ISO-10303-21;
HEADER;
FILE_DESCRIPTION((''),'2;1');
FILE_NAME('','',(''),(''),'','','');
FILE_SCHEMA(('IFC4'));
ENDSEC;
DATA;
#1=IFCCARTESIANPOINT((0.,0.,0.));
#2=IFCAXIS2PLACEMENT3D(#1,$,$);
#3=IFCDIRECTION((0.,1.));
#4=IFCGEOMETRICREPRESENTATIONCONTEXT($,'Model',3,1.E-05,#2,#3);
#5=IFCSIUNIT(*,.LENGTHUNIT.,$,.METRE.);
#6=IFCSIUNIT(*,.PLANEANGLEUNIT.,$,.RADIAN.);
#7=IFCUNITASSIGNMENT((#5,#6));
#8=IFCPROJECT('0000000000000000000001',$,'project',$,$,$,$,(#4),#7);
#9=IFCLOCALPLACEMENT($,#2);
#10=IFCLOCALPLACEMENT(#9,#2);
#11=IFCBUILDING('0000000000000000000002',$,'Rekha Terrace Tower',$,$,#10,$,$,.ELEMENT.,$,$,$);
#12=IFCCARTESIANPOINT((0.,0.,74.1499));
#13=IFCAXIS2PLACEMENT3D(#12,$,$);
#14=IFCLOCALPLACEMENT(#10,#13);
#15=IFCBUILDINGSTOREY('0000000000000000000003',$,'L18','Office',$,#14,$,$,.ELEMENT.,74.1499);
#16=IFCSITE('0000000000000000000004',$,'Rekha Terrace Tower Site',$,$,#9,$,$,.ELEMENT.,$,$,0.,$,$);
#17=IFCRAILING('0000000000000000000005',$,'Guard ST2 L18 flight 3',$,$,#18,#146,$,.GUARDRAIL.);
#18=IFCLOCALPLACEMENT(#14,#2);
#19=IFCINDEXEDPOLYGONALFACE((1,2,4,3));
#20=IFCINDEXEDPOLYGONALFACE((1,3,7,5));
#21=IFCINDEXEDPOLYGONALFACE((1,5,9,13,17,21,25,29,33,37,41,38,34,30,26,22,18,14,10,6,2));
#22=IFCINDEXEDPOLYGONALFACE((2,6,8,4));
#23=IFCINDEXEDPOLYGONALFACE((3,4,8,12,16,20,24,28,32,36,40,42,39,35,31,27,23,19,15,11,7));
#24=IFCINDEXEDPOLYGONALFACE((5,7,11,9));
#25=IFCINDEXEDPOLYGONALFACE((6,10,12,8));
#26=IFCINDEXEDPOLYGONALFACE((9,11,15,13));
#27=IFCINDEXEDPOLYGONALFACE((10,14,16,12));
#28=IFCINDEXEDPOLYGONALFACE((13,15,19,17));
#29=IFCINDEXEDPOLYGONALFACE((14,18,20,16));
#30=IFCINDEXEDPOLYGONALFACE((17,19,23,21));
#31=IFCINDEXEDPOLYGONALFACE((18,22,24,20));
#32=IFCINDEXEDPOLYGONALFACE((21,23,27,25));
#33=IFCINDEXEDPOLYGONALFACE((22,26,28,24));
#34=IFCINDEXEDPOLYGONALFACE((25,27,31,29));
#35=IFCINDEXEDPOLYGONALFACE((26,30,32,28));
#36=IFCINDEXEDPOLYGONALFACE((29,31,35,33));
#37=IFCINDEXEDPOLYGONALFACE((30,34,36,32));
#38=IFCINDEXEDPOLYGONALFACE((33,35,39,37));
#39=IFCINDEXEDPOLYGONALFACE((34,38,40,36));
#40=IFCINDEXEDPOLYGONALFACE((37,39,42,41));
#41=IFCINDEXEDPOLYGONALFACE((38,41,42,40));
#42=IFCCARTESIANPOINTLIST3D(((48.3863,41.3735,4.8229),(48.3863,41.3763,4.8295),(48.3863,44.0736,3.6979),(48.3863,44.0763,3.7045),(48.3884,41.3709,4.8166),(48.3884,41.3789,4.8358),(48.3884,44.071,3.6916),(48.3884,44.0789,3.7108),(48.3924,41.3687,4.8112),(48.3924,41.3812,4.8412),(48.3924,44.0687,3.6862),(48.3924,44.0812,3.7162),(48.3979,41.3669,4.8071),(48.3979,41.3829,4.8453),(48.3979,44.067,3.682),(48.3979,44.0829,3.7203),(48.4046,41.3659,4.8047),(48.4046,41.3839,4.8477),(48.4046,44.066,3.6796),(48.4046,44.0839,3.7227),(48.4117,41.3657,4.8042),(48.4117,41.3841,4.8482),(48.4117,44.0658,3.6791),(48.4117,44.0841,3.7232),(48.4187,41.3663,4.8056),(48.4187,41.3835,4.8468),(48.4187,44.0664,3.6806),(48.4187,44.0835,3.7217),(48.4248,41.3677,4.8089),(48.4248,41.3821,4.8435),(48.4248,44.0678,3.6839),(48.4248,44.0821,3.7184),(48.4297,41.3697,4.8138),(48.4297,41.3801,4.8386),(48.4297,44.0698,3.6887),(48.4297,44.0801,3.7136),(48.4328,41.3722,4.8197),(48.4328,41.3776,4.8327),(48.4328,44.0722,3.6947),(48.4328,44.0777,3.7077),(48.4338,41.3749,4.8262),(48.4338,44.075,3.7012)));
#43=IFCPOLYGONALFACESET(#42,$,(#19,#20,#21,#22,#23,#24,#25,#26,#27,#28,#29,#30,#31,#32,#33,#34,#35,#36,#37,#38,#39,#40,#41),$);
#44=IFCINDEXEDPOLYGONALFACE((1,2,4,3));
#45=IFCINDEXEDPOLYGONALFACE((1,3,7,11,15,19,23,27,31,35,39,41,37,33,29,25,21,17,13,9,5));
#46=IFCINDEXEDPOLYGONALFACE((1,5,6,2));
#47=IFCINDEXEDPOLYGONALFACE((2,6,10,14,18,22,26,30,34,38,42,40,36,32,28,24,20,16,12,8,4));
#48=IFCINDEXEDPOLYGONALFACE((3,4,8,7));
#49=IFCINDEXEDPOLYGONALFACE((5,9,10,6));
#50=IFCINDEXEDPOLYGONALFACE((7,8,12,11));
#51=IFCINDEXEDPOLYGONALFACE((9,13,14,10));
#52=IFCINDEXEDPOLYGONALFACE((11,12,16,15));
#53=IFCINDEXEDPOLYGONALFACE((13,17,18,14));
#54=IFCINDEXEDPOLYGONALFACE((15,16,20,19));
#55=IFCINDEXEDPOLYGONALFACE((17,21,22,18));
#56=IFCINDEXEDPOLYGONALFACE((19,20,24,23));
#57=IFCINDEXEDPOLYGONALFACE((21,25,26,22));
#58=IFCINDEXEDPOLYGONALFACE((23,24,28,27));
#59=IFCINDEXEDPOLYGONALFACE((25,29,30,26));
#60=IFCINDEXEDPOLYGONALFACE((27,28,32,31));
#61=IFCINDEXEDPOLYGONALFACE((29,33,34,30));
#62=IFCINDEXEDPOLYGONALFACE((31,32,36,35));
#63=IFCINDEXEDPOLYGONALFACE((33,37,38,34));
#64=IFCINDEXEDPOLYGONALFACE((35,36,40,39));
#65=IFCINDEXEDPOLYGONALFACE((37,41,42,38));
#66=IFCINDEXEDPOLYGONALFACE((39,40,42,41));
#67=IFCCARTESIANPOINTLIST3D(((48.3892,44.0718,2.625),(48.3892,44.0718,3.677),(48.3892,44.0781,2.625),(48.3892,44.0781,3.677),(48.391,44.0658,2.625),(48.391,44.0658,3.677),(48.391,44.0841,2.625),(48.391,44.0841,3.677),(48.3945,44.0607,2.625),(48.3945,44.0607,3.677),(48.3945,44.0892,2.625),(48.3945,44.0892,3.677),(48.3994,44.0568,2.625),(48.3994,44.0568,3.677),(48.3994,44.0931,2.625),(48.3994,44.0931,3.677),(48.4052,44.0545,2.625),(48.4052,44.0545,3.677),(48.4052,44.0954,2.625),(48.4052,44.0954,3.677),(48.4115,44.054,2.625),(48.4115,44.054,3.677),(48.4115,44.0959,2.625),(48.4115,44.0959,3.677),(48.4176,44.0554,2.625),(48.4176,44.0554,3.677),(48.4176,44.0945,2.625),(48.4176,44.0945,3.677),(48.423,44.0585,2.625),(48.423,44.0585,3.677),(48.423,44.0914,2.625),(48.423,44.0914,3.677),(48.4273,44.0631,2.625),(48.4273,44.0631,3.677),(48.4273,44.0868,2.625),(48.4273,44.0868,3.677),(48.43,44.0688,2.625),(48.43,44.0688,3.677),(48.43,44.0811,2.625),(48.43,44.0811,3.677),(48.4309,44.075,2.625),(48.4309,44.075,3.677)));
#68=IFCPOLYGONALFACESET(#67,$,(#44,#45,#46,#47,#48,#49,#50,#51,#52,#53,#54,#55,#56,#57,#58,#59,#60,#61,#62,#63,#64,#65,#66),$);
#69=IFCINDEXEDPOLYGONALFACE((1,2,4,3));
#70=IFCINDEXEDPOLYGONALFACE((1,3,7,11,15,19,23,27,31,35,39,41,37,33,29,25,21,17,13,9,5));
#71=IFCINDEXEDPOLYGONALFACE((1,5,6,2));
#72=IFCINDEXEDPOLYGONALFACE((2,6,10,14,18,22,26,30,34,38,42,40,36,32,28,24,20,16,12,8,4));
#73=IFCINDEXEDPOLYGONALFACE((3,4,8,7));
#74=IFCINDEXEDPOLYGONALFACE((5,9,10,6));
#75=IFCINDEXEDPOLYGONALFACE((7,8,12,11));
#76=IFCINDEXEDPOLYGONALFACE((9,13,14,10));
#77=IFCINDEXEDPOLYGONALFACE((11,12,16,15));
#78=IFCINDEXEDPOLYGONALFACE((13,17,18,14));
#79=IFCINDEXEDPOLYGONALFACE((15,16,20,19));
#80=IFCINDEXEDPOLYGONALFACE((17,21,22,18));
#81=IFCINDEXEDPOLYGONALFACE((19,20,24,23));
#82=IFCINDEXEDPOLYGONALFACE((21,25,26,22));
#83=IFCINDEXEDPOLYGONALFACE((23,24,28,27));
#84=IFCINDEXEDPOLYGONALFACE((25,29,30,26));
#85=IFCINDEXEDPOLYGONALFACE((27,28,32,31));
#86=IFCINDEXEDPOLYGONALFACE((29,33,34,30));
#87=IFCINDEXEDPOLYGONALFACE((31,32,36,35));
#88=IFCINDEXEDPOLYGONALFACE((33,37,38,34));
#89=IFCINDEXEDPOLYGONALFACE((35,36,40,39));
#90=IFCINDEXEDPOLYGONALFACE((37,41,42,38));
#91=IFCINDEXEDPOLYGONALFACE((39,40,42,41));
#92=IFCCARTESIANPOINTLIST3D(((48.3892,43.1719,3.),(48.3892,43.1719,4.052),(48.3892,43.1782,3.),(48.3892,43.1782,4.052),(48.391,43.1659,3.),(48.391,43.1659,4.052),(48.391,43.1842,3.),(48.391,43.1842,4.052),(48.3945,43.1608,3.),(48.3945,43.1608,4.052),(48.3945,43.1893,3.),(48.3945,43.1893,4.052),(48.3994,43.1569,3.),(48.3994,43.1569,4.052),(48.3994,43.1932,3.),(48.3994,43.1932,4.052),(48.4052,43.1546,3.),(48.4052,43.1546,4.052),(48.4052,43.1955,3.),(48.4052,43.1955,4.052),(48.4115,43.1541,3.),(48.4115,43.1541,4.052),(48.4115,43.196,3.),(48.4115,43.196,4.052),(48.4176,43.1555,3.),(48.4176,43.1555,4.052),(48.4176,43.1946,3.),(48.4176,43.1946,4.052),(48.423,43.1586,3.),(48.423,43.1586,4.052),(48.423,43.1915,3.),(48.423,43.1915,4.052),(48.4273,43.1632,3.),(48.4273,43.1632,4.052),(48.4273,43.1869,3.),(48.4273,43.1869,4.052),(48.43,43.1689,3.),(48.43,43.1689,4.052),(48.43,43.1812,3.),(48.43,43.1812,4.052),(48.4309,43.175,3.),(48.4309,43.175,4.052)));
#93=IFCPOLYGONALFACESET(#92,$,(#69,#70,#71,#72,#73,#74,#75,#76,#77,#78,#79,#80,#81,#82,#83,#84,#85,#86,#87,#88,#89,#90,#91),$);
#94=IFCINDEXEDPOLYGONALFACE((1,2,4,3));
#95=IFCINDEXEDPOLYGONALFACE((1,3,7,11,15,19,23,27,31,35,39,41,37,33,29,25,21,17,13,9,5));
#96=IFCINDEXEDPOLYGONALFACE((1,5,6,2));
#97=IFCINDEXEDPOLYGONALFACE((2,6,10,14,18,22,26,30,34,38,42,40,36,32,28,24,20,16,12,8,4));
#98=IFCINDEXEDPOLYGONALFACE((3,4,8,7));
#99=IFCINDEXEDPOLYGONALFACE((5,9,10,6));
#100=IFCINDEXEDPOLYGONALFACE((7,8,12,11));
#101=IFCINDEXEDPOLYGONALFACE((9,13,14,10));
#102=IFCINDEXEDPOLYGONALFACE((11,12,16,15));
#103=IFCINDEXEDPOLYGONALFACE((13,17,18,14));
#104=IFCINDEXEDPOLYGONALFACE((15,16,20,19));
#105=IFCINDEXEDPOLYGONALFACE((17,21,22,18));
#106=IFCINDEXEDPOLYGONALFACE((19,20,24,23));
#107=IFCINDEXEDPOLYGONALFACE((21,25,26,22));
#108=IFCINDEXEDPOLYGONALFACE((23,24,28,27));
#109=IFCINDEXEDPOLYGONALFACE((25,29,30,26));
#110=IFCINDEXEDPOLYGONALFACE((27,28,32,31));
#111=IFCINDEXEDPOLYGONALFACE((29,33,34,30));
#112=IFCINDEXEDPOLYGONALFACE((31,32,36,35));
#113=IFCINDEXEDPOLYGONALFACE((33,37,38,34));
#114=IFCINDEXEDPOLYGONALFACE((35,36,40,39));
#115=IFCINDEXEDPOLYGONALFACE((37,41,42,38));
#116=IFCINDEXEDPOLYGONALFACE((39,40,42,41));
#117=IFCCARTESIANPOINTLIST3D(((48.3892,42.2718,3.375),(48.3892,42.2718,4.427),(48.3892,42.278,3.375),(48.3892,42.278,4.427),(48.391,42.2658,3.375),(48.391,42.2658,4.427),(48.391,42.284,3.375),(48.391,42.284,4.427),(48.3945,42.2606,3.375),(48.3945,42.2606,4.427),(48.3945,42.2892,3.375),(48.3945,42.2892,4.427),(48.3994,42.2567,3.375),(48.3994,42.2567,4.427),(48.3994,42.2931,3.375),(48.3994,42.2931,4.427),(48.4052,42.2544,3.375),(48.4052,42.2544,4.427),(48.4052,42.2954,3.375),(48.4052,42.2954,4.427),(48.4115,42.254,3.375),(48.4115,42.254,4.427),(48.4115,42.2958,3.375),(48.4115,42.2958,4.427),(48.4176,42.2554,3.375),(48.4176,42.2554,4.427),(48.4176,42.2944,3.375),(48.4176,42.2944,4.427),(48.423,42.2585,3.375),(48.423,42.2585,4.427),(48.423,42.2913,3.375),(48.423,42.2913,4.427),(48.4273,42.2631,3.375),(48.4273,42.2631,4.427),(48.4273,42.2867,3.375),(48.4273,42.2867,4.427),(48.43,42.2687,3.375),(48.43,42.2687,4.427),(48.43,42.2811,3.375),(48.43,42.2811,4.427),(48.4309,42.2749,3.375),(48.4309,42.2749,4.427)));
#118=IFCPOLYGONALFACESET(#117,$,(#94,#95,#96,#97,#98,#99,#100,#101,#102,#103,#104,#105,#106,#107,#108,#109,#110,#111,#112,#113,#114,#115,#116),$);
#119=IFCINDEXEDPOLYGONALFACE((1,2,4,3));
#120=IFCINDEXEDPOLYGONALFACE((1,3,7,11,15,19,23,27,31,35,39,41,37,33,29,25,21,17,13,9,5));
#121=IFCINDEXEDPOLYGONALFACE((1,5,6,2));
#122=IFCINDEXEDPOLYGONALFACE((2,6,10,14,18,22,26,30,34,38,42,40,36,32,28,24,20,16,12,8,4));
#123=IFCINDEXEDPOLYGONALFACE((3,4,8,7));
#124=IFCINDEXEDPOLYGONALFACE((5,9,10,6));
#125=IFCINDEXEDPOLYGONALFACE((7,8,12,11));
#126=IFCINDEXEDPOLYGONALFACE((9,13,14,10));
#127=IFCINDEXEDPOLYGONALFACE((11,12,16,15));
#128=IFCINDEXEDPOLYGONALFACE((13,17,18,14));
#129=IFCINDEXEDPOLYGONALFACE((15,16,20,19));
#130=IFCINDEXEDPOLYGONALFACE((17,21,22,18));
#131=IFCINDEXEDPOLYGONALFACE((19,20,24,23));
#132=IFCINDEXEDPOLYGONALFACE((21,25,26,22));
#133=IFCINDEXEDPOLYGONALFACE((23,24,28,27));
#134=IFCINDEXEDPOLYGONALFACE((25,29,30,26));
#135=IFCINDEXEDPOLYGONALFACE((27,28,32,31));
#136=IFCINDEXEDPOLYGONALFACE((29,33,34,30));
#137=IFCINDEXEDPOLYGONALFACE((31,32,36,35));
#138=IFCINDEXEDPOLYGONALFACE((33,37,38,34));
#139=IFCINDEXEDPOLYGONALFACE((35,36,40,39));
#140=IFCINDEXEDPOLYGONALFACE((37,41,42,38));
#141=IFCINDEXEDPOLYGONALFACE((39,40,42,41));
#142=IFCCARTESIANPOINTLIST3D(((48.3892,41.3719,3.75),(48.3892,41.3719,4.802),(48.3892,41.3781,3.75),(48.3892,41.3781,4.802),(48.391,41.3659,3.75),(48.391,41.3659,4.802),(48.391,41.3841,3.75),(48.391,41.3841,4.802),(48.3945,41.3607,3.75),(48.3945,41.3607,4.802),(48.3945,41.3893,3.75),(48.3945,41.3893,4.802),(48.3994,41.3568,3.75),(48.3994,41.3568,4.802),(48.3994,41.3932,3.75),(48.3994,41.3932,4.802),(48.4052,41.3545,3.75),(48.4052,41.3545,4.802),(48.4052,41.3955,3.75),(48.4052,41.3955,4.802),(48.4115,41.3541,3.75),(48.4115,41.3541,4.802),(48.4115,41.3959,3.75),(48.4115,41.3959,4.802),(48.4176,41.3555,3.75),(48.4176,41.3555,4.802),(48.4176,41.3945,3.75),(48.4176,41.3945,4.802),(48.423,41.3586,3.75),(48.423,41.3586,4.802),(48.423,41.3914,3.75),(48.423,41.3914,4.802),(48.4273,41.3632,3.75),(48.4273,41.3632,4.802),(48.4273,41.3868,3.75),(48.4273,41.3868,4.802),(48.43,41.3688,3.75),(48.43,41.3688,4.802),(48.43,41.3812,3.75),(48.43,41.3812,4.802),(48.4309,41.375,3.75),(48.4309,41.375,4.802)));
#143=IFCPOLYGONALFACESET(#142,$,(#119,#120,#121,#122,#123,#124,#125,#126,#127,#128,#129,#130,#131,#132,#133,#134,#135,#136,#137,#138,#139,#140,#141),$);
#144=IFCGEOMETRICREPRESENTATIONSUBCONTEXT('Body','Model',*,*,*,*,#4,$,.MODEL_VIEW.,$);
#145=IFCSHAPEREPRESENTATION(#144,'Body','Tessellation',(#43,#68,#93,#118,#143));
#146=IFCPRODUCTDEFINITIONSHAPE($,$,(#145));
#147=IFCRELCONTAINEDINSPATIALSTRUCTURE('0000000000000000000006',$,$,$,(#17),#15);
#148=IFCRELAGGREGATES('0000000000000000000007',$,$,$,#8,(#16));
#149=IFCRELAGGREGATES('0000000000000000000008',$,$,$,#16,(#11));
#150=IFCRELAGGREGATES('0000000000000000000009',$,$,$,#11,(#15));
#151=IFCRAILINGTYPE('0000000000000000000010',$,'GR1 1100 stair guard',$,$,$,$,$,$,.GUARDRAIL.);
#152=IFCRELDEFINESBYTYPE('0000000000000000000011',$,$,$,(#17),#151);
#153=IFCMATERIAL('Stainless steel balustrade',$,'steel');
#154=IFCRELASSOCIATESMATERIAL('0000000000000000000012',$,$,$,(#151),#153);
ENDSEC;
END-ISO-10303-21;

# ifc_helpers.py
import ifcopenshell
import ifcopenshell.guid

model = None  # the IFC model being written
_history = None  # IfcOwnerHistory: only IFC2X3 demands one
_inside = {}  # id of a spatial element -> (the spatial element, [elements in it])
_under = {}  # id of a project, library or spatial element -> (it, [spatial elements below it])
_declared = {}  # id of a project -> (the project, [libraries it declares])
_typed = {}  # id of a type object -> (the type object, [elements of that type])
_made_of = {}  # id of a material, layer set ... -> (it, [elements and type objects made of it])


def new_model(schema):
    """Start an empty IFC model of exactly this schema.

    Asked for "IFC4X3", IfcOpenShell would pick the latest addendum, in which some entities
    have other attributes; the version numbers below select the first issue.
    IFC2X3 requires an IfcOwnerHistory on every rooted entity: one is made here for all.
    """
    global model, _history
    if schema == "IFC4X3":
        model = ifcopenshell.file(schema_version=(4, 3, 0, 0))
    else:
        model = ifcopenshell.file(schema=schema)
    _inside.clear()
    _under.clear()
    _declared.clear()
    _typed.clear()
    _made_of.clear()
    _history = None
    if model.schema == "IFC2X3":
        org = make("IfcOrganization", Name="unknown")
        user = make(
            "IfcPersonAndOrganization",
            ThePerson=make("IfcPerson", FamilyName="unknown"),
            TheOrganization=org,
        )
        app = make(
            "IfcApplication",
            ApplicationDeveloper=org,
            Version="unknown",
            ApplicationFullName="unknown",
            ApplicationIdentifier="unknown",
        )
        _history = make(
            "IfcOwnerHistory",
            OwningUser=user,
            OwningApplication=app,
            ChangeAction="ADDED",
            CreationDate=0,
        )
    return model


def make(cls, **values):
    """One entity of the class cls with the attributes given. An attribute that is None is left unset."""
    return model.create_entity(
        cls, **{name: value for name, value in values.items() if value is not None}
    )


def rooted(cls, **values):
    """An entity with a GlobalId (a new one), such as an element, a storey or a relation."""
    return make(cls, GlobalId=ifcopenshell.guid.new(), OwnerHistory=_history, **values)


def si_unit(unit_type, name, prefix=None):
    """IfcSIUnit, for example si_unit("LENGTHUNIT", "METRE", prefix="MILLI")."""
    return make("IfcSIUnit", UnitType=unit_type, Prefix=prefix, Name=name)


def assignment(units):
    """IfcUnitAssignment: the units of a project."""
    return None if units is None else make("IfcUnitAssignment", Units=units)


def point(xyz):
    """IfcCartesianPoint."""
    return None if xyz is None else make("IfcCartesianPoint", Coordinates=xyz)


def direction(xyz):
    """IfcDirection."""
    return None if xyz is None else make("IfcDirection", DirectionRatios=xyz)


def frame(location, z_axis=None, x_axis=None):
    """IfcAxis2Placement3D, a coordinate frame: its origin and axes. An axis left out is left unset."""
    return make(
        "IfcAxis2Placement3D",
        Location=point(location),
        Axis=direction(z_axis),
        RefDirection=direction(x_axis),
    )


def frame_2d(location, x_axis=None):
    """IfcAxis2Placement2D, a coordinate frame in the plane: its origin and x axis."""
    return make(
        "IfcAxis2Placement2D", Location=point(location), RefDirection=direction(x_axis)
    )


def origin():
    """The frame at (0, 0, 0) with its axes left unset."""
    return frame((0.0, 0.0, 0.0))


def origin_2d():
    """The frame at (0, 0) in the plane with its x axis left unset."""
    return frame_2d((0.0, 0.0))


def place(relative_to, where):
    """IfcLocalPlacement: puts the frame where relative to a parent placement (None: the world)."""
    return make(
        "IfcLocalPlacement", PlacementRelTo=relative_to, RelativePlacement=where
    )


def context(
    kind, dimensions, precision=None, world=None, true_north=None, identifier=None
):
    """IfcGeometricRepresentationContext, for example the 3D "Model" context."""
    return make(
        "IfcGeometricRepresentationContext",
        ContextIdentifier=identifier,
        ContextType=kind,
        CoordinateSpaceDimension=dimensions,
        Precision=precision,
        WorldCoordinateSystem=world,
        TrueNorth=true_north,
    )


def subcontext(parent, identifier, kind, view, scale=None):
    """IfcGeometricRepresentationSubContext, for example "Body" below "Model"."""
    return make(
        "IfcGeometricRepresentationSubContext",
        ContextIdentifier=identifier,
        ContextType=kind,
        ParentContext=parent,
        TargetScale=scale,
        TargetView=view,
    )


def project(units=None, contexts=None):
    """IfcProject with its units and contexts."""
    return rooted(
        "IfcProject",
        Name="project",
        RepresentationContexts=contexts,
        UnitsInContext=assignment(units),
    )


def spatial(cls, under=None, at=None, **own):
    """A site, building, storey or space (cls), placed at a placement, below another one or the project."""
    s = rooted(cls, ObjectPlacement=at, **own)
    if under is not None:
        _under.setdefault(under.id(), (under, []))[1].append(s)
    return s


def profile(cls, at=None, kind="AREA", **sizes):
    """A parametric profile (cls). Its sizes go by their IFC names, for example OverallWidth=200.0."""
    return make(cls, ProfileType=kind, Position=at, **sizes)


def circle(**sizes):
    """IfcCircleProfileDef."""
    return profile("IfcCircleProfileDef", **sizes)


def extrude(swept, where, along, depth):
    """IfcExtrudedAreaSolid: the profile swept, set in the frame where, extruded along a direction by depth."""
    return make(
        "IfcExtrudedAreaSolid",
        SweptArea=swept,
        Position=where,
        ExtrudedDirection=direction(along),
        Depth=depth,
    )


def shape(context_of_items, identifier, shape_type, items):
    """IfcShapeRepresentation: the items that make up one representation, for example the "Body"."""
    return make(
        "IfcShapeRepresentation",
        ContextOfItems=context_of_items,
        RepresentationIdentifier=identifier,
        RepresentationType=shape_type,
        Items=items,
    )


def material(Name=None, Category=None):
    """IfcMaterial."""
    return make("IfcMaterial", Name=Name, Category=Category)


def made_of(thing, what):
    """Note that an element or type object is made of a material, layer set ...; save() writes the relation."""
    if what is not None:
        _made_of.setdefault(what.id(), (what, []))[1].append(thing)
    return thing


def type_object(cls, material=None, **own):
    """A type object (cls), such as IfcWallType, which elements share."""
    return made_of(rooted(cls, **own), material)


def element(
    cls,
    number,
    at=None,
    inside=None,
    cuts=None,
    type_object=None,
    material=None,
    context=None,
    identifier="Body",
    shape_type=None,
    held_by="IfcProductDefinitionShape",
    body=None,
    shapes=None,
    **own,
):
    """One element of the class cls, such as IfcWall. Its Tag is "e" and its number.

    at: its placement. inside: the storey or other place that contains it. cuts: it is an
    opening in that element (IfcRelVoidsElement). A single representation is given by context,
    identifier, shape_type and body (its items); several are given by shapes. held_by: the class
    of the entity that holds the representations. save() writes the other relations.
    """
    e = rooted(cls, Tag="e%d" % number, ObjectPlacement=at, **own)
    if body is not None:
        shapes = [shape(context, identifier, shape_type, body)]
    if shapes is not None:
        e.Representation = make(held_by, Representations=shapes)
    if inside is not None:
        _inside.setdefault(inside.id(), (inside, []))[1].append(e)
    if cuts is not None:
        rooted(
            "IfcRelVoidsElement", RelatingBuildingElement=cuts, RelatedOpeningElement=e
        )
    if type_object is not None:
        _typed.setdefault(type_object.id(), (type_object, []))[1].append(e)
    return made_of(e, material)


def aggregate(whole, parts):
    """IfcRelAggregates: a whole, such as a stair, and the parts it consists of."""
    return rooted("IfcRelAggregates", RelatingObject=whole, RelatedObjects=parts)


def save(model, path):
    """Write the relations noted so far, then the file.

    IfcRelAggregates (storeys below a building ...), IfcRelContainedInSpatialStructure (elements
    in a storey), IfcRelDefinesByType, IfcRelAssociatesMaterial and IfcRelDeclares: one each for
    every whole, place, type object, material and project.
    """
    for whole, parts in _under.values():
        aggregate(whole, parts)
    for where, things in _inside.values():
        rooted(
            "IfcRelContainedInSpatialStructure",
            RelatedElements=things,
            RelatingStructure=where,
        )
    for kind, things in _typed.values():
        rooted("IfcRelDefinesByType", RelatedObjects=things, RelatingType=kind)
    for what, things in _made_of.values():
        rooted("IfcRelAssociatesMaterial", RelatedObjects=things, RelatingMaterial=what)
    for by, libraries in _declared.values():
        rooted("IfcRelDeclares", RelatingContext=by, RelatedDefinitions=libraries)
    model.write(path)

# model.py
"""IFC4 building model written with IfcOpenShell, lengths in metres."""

from ifc_helpers import new_model, si_unit, direction, frame, origin, origin_2d, place, context, subcontext, project, spatial, circle, extrude, material, type_object, element, save


model = new_model("IFC4")

# Units and contexts
model_context = context("Model", 3, precision=1e-05, world=origin(), true_north=direction((0.0, 1.0)))
body_context = subcontext(model_context, "Body", "Model", "MODEL_VIEW")
ifc_project = project(units=[si_unit("LENGTHUNIT", "METRE"), si_unit("PLANEANGLEUNIT", "RADIAN")], contexts=[model_context])

# Site, building, storey
site_placement = place(None, origin())
site = spatial("IfcSite", under=ifc_project, at=site_placement, Name="Rekha Terrace Tower Site", CompositionType="ELEMENT", RefElevation=0.0)
building_placement = place(site_placement, origin())
building = spatial("IfcBuilding", under=site, at=building_placement, Name="Rekha Terrace Tower", CompositionType="ELEMENT")
storey_placement = place(building_placement, frame((0.0, 0.0, 74.1499)))
storey = spatial("IfcBuildingStorey", under=building, at=storey_placement, Name="L18", Description="Office", CompositionType="ELEMENT", Elevation=74.1499)

# Railing
ifc_material_1 = material(Name="Stainless steel balustrade", Category="steel")
railing_type_1 = type_object("IfcRailingType", Name="GR1 1100 stair guard", PredefinedType="GUARDRAIL", material=ifc_material_1)
railing_1_placement = place(storey_placement, frame((48.4099, 44.075, 2.625)))
element("IfcRailing", 1, at=railing_1_placement, inside=storey, type_object=railing_type_1, Name="Guard ST2 L18 flight 3", PredefinedType="GUARDRAIL", context=body_context, shape_type="SweptSolid", body=[
    extrude(circle(Radius=0.0239, at=origin_2d()), frame((0.0, 0.0, 1.0762), z_axis=(0.0, -0.923074, 0.384621), x_axis=(1.0, 0.0, 0.0)), (0.0, 0.0, 1.0), 2.925),
    extrude(circle(Radius=0.021, at=origin_2d()), origin(), (0.0, 0.0, 1.0), 1.052),
    extrude(circle(Radius=0.021, at=origin_2d()), frame((0.0, -0.8999, 0.375)), (0.0, 0.0, 1.0), 1.052),
    extrude(circle(Radius=0.021, at=origin_2d()), frame((0.0, -1.8, 0.75)), (0.0, 0.0, 1.0), 1.052),
    extrude(circle(Radius=0.021, at=origin_2d()), frame((0.0, -2.7, 1.125)), (0.0, 0.0, 1.0), 1.052),
])

save(model, "model.ifc")
